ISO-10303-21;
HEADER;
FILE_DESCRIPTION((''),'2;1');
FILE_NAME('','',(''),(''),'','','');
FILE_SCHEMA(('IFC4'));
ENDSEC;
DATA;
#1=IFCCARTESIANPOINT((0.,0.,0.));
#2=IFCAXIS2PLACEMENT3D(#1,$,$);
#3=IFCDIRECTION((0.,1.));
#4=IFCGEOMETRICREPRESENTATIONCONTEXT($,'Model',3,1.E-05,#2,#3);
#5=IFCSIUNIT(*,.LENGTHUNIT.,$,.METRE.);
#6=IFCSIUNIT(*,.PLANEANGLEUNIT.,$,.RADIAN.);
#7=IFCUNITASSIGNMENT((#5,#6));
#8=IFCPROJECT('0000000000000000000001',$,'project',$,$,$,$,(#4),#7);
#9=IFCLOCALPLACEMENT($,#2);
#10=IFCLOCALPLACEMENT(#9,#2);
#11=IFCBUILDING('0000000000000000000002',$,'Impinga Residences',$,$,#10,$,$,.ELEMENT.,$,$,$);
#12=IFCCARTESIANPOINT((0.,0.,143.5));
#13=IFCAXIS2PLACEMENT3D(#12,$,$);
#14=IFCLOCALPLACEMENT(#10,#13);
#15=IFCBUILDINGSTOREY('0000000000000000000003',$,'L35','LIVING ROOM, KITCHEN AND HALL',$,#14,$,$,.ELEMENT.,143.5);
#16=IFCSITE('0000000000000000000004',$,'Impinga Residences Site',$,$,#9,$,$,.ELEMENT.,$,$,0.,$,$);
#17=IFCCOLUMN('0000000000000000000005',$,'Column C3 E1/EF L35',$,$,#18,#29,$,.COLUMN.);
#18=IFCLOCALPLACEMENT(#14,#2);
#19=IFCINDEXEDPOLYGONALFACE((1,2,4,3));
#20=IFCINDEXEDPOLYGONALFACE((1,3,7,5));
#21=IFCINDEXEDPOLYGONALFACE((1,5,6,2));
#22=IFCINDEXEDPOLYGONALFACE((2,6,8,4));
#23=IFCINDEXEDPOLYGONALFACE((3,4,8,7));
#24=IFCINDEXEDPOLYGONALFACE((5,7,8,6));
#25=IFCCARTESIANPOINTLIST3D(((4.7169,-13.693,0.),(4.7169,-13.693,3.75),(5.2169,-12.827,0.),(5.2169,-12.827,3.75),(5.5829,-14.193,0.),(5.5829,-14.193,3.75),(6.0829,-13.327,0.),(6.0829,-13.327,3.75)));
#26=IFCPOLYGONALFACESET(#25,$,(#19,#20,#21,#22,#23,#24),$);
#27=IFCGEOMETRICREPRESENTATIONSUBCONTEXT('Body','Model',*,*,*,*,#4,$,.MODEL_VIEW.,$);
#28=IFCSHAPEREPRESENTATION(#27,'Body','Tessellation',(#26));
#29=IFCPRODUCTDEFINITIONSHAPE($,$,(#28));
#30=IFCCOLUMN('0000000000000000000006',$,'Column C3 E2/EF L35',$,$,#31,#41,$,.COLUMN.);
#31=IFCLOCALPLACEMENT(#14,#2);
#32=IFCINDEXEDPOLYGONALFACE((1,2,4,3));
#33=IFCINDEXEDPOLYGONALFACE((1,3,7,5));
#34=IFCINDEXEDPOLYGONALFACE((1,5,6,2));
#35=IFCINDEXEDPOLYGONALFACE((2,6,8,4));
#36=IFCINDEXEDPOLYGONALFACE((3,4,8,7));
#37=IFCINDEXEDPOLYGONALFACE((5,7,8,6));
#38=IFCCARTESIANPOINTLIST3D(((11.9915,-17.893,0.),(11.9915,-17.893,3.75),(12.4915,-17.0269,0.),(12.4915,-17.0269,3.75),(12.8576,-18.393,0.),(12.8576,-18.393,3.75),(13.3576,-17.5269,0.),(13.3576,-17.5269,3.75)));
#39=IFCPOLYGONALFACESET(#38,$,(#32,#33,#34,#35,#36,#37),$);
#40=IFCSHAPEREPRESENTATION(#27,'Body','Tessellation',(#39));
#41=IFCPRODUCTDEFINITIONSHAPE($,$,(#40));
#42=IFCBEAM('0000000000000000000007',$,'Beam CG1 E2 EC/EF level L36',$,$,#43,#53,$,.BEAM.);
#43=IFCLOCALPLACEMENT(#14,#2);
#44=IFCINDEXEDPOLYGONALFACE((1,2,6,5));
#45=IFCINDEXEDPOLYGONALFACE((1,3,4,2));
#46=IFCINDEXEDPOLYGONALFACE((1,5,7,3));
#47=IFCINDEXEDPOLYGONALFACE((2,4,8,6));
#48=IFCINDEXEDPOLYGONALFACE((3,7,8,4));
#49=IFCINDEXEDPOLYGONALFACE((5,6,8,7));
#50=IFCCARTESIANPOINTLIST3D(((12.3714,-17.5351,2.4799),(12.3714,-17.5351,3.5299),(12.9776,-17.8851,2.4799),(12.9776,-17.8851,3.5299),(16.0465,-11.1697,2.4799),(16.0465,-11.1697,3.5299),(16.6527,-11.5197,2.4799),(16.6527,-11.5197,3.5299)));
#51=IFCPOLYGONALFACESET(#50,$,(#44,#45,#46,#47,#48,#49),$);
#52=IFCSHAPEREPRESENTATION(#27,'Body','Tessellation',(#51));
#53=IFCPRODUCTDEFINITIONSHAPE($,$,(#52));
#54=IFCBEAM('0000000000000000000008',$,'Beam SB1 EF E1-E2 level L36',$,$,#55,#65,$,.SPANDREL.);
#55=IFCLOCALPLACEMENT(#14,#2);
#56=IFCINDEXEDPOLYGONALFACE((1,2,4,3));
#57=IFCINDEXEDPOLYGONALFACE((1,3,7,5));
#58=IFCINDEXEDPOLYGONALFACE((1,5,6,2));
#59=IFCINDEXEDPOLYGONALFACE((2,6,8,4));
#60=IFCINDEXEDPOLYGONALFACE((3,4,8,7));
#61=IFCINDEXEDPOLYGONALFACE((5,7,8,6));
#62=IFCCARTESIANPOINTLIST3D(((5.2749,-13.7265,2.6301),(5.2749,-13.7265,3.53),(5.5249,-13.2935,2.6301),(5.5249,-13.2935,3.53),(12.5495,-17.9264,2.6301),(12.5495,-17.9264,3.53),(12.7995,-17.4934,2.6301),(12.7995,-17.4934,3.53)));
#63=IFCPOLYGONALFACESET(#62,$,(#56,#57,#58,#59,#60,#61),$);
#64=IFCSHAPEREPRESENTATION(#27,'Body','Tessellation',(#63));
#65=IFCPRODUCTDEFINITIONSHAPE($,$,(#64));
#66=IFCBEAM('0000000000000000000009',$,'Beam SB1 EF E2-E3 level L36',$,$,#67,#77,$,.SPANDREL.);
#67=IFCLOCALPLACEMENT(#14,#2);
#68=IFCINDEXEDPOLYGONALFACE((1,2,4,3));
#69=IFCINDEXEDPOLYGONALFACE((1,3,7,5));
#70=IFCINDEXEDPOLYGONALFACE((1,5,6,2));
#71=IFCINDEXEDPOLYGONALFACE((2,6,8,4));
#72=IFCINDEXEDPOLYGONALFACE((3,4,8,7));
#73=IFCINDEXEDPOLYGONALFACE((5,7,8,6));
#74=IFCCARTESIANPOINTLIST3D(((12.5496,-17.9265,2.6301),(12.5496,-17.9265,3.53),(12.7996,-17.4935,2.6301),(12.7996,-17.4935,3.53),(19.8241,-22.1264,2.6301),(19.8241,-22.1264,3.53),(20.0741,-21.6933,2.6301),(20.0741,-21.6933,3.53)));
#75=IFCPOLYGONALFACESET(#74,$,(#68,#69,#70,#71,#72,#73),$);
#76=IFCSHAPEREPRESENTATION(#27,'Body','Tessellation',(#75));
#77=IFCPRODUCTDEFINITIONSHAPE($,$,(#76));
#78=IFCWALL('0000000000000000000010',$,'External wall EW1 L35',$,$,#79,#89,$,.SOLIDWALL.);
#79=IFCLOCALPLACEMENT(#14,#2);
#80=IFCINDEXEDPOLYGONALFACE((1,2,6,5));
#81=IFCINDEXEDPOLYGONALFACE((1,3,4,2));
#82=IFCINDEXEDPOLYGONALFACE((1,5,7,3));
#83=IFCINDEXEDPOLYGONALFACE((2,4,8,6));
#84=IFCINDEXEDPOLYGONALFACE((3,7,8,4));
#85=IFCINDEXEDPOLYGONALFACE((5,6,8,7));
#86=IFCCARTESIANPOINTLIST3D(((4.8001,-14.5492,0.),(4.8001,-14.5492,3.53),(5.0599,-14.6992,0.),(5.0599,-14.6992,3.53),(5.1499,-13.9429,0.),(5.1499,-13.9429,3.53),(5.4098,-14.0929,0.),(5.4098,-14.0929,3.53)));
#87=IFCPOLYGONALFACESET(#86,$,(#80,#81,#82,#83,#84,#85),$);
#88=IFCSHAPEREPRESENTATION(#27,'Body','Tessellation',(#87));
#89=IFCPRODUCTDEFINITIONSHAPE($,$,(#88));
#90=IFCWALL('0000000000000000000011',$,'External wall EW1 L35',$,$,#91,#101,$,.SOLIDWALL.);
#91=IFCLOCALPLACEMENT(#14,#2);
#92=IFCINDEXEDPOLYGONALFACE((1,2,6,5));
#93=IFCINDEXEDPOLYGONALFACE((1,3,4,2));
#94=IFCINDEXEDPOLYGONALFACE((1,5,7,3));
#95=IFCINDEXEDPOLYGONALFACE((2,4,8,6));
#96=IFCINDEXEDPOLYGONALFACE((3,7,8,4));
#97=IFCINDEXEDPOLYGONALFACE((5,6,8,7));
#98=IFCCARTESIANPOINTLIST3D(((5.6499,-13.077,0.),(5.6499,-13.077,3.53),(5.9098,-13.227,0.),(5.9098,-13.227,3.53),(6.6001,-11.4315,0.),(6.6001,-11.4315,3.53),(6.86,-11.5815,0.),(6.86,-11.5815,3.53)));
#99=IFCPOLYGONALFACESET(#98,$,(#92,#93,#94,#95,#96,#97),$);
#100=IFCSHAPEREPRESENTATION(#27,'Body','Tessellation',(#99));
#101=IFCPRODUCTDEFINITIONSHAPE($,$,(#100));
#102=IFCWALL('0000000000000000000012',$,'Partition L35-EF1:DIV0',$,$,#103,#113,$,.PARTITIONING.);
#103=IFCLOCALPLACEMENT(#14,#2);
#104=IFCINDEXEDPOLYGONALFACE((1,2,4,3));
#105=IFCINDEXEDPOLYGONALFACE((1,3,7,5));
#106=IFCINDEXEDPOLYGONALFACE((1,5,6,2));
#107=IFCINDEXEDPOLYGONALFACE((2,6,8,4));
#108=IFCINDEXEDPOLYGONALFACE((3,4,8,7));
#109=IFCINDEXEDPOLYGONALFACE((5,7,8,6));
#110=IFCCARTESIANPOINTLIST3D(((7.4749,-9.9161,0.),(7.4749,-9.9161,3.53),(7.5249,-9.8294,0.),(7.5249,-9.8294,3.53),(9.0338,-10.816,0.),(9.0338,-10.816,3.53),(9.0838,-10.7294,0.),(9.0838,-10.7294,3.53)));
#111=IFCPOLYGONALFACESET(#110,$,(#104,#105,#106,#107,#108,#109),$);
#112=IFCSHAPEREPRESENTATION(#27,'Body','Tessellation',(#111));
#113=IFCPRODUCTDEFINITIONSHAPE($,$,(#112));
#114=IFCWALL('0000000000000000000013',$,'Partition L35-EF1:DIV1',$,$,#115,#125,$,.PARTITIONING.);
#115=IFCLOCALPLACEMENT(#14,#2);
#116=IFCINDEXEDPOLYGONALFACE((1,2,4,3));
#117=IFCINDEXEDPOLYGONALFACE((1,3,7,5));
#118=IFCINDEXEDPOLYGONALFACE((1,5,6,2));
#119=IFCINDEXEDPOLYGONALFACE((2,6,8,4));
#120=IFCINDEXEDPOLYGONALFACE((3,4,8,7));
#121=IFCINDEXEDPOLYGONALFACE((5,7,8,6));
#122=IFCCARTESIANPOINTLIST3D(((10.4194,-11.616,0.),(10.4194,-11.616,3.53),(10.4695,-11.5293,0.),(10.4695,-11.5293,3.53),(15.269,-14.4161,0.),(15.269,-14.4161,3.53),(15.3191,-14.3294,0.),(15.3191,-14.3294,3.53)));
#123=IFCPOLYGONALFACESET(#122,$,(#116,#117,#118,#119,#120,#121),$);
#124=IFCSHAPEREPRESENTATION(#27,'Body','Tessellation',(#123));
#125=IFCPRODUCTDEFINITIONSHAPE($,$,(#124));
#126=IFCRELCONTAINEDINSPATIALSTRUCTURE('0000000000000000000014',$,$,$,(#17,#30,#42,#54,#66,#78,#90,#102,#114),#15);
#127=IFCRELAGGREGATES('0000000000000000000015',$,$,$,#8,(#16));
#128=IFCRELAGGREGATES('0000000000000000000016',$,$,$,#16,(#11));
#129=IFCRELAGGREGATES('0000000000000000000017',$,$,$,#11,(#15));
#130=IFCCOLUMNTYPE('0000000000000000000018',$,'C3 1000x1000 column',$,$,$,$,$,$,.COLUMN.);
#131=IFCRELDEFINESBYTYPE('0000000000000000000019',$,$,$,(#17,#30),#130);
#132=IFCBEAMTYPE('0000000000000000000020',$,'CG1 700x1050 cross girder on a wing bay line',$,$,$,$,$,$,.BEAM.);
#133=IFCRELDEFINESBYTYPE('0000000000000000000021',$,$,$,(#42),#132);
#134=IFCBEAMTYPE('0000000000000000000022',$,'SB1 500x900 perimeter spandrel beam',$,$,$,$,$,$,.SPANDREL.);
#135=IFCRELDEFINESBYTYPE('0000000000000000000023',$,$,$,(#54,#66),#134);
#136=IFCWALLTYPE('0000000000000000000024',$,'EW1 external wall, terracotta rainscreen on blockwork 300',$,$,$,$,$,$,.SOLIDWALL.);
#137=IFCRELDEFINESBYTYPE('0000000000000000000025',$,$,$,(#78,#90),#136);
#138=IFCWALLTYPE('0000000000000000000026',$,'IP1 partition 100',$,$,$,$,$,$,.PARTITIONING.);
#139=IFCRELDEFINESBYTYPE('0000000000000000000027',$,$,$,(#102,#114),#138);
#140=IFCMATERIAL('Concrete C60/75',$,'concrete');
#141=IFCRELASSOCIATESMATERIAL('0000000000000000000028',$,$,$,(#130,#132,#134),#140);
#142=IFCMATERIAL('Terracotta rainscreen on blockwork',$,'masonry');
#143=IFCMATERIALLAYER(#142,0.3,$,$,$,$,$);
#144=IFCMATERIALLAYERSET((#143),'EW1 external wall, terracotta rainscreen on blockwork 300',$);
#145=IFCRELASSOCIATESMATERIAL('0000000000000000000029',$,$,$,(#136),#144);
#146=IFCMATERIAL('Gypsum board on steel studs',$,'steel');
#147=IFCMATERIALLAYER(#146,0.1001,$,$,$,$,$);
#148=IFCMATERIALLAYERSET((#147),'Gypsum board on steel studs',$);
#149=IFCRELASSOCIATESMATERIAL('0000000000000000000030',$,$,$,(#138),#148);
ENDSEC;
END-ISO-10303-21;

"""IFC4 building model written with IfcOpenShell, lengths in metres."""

from ifc_helpers import new_model, si_unit, direction, frame, frame_2d, origin, origin_2d, place, context, subcontext, project, spatial, rectangle, extrude, material, layer, layer_set, material_profile, profile_set, type_object, element, save


model = new_model("IFC4")

# Units and contexts
model_context = context("Model", 3, precision=1e-05, world=origin(), true_north=direction((0.0, 1.0)))
body_context = subcontext(model_context, "Body", "Model", "MODEL_VIEW")
ifc_project = project(units=[si_unit("LENGTHUNIT", "METRE"), si_unit("PLANEANGLEUNIT", "RADIAN")], contexts=[model_context])

# Site, building, storey
site_placement = place(None, origin())
site = spatial("IfcSite", under=ifc_project, at=site_placement, Name="Impinga Residences Site", CompositionType="ELEMENT", RefElevation=0.0)
building_placement = place(site_placement, origin())
building = spatial("IfcBuilding", under=site, at=building_placement, Name="Impinga Residences", CompositionType="ELEMENT")
storey_placement = place(building_placement, frame((0.0, 0.0, 143.5)))
storey = spatial("IfcBuildingStorey", under=building, at=storey_placement, Name="L35", Description="LIVING ROOM, KITCHEN AND HALL", CompositionType="ELEMENT", Elevation=143.5)

# Columns
ifc_material_1 = material(Name="Concrete C60/75", Category="concrete")
ifc_material_profile_1 = material_profile(ifc_material_1, rectangle(XDim=1.0, YDim=1.0, at=origin_2d()), Name="RC 1000x1000")
ifc_profile_set_1 = profile_set([ifc_material_profile_1], Name="Concrete C60/75")
column_type = type_object("IfcColumnType", Name="C3 1000x1000 column", PredefinedType="COLUMN", material=ifc_profile_set_1)
for number, where, z_axis, x_axis, name in (
    (1, (5.3999, -13.51, 0.0), (0.0, 0.0, 1.0), (-0.5, -0.866025, 0.0), "Column C3 E1/EF L35"),
    (2, (12.6746, -17.71, 0.0), (0.0, 0.0, 1.0), (-0.5, -0.866025, 0.0), "Column C3 E2/EF L35"),
):
    element("IfcColumn", number, at=place(storey_placement, frame(where, z_axis=z_axis, x_axis=x_axis)), inside=storey, type_object=column_type, Name=name, PredefinedType="COLUMN", context=body_context, shape_type="SweptSolid", body=[
        extrude(rectangle(XDim=1.0, YDim=1.0, at=origin_2d()), origin(), (0.0, 0.0, 1.0), 3.75),
    ])

# Beams
ifc_material_profile_2 = material_profile(ifc_material_1, rectangle(XDim=0.7, YDim=1.05, at=origin_2d()), Name="RC 700x1050")
ifc_profile_set_2 = profile_set([ifc_material_profile_2], Name="Concrete C60/75")
beam_type_1 = type_object("IfcBeamType", Name="CG1 700x1050 cross girder on a wing bay line", PredefinedType="BEAM", material=ifc_profile_set_2)
beam_placement = place(storey_placement, frame((16.3496, -11.3447, 3.0049), z_axis=(-0.500008, -0.866021, 0.0), x_axis=(0.866021, -0.500008, 0.0)))
element("IfcBeam", 3, at=beam_placement, inside=storey, type_object=beam_type_1, Name="Beam CG1 E2 EC/EF level L36", PredefinedType="BEAM", context=body_context, shape_type="SweptSolid", body=[
    extrude(rectangle(XDim=0.7, YDim=1.05, at=origin_2d()), origin(), (0.0, 0.0, 1.0), 7.3501),
])
ifc_material_profile_3 = material_profile(ifc_material_1, rectangle(XDim=0.5, YDim=0.8999, at=origin_2d()), Name="RC 500x900")
ifc_profile_set_3 = profile_set([ifc_material_profile_3], Name="Concrete C60/75")
beam_type_2 = type_object("IfcBeamType", Name="SB1 500x900 perimeter spandrel beam", PredefinedType="SPANDREL", material=ifc_profile_set_3)
for number, where, z_axis, x_axis, name in (
    (4, (5.3999, -13.51, 3.0801), (0.866029, -0.499993, 0.0), (0.499993, 0.866029, 0.0), "Beam SB1 EF E1-E2 level L36"),
    (5, (12.6746, -17.71, 3.0801), (0.866029, -0.499993, 0.0), (0.499993, 0.866029, 0.0), "Beam SB1 EF E2-E3 level L36"),
):
    element("IfcBeam", number, at=place(storey_placement, frame(where, z_axis=z_axis, x_axis=x_axis)), inside=storey, type_object=beam_type_2, Name=name, PredefinedType="SPANDREL", context=body_context, shape_type="SweptSolid", body=[
        extrude(rectangle(XDim=0.5, YDim=0.8999, at=origin_2d()), origin(), (0.0, 0.0, 1.0), 8.3999),
    ])

# Walls
ifc_material_2 = material(Name="Terracotta rainscreen on blockwork", Category="masonry")
ifc_layer_1 = layer(ifc_material_2, 0.3)
ifc_layer_set_1 = layer_set([ifc_layer_1], Name="EW1 external wall, terracotta rainscreen on blockwork 300")
wall_type_1 = type_object("IfcWallType", Name="EW1 external wall, terracotta rainscreen on blockwork 300", PredefinedType="SOLIDWALL", material=ifc_layer_set_1)
wall_1_placement = place(storey_placement, frame((4.9299, -14.6243, 0.0), z_axis=(0.0, 0.0, 1.0), x_axis=(0.499853, 0.86611, 0.0)))
element("IfcWall", 6, at=wall_1_placement, inside=storey, type_object=wall_type_1, Name="External wall EW1 L35", PredefinedType="SOLIDWALL", context=body_context, shape_type="SweptSolid", body=[
    extrude(rectangle(XDim=0.7, YDim=0.3, at=frame_2d((0.3501, 0.0))), origin(), (0.0, 0.0, 1.0), 3.53),
])
wall_2_placement = place(storey_placement, frame((5.7798, -13.1521, 0.0), z_axis=(0.0, 0.0, 1.0), x_axis=(0.500064, 0.865989, 0.0)))
element("IfcWall", 7, at=wall_2_placement, inside=storey, type_object=wall_type_1, Name="External wall EW1 L35", PredefinedType="SOLIDWALL", context=body_context, shape_type="SweptSolid", body=[
    extrude(rectangle(XDim=1.9001, YDim=0.3, at=frame_2d((0.9502, 0.0))), origin(), (0.0, 0.0, 1.0), 3.53),
])
ifc_material_3 = material(Name="Gypsum board on steel studs", Category="steel")
ifc_layer_2 = layer(ifc_material_3, 0.1001)
ifc_layer_set_2 = layer_set([ifc_layer_2], Name="Gypsum board on steel studs")
wall_type_2 = type_object("IfcWallType", Name="IP1 partition 100", PredefinedType="PARTITIONING", material=ifc_layer_set_2)
wall_3_placement = place(storey_placement, frame((7.5, -9.8728, 0.0), z_axis=(0.0, 0.0, 1.0), x_axis=(0.866048, -0.499961, 0.0)))
element("IfcWall", 8, at=wall_3_placement, inside=storey, type_object=wall_type_2, Name="Partition L35-EF1:DIV0", PredefinedType="PARTITIONING", context=body_context, shape_type="SweptSolid", body=[
    extrude(rectangle(XDim=1.8, YDim=0.1001, at=frame_2d((0.8999, 0.0))), origin(), (0.0, 0.0, 1.0), 3.53),
])
wall_4_placement = place(storey_placement, frame((10.4446, -11.5728, 0.0), z_axis=(0.0, 0.0, 1.0), x_axis=(0.866016, -0.500017, 0.0)))
element("IfcWall", 9, at=wall_4_placement, inside=storey, type_object=wall_type_2, Name="Partition L35-EF1:DIV1", PredefinedType="PARTITIONING", context=body_context, shape_type="SweptSolid", body=[
    extrude(rectangle(XDim=5.5999, YDim=0.1001, at=frame_2d((2.7998, 0.0))), origin(), (0.0, 0.0, 1.0), 3.53),
])

save(model, "model.ifc")
